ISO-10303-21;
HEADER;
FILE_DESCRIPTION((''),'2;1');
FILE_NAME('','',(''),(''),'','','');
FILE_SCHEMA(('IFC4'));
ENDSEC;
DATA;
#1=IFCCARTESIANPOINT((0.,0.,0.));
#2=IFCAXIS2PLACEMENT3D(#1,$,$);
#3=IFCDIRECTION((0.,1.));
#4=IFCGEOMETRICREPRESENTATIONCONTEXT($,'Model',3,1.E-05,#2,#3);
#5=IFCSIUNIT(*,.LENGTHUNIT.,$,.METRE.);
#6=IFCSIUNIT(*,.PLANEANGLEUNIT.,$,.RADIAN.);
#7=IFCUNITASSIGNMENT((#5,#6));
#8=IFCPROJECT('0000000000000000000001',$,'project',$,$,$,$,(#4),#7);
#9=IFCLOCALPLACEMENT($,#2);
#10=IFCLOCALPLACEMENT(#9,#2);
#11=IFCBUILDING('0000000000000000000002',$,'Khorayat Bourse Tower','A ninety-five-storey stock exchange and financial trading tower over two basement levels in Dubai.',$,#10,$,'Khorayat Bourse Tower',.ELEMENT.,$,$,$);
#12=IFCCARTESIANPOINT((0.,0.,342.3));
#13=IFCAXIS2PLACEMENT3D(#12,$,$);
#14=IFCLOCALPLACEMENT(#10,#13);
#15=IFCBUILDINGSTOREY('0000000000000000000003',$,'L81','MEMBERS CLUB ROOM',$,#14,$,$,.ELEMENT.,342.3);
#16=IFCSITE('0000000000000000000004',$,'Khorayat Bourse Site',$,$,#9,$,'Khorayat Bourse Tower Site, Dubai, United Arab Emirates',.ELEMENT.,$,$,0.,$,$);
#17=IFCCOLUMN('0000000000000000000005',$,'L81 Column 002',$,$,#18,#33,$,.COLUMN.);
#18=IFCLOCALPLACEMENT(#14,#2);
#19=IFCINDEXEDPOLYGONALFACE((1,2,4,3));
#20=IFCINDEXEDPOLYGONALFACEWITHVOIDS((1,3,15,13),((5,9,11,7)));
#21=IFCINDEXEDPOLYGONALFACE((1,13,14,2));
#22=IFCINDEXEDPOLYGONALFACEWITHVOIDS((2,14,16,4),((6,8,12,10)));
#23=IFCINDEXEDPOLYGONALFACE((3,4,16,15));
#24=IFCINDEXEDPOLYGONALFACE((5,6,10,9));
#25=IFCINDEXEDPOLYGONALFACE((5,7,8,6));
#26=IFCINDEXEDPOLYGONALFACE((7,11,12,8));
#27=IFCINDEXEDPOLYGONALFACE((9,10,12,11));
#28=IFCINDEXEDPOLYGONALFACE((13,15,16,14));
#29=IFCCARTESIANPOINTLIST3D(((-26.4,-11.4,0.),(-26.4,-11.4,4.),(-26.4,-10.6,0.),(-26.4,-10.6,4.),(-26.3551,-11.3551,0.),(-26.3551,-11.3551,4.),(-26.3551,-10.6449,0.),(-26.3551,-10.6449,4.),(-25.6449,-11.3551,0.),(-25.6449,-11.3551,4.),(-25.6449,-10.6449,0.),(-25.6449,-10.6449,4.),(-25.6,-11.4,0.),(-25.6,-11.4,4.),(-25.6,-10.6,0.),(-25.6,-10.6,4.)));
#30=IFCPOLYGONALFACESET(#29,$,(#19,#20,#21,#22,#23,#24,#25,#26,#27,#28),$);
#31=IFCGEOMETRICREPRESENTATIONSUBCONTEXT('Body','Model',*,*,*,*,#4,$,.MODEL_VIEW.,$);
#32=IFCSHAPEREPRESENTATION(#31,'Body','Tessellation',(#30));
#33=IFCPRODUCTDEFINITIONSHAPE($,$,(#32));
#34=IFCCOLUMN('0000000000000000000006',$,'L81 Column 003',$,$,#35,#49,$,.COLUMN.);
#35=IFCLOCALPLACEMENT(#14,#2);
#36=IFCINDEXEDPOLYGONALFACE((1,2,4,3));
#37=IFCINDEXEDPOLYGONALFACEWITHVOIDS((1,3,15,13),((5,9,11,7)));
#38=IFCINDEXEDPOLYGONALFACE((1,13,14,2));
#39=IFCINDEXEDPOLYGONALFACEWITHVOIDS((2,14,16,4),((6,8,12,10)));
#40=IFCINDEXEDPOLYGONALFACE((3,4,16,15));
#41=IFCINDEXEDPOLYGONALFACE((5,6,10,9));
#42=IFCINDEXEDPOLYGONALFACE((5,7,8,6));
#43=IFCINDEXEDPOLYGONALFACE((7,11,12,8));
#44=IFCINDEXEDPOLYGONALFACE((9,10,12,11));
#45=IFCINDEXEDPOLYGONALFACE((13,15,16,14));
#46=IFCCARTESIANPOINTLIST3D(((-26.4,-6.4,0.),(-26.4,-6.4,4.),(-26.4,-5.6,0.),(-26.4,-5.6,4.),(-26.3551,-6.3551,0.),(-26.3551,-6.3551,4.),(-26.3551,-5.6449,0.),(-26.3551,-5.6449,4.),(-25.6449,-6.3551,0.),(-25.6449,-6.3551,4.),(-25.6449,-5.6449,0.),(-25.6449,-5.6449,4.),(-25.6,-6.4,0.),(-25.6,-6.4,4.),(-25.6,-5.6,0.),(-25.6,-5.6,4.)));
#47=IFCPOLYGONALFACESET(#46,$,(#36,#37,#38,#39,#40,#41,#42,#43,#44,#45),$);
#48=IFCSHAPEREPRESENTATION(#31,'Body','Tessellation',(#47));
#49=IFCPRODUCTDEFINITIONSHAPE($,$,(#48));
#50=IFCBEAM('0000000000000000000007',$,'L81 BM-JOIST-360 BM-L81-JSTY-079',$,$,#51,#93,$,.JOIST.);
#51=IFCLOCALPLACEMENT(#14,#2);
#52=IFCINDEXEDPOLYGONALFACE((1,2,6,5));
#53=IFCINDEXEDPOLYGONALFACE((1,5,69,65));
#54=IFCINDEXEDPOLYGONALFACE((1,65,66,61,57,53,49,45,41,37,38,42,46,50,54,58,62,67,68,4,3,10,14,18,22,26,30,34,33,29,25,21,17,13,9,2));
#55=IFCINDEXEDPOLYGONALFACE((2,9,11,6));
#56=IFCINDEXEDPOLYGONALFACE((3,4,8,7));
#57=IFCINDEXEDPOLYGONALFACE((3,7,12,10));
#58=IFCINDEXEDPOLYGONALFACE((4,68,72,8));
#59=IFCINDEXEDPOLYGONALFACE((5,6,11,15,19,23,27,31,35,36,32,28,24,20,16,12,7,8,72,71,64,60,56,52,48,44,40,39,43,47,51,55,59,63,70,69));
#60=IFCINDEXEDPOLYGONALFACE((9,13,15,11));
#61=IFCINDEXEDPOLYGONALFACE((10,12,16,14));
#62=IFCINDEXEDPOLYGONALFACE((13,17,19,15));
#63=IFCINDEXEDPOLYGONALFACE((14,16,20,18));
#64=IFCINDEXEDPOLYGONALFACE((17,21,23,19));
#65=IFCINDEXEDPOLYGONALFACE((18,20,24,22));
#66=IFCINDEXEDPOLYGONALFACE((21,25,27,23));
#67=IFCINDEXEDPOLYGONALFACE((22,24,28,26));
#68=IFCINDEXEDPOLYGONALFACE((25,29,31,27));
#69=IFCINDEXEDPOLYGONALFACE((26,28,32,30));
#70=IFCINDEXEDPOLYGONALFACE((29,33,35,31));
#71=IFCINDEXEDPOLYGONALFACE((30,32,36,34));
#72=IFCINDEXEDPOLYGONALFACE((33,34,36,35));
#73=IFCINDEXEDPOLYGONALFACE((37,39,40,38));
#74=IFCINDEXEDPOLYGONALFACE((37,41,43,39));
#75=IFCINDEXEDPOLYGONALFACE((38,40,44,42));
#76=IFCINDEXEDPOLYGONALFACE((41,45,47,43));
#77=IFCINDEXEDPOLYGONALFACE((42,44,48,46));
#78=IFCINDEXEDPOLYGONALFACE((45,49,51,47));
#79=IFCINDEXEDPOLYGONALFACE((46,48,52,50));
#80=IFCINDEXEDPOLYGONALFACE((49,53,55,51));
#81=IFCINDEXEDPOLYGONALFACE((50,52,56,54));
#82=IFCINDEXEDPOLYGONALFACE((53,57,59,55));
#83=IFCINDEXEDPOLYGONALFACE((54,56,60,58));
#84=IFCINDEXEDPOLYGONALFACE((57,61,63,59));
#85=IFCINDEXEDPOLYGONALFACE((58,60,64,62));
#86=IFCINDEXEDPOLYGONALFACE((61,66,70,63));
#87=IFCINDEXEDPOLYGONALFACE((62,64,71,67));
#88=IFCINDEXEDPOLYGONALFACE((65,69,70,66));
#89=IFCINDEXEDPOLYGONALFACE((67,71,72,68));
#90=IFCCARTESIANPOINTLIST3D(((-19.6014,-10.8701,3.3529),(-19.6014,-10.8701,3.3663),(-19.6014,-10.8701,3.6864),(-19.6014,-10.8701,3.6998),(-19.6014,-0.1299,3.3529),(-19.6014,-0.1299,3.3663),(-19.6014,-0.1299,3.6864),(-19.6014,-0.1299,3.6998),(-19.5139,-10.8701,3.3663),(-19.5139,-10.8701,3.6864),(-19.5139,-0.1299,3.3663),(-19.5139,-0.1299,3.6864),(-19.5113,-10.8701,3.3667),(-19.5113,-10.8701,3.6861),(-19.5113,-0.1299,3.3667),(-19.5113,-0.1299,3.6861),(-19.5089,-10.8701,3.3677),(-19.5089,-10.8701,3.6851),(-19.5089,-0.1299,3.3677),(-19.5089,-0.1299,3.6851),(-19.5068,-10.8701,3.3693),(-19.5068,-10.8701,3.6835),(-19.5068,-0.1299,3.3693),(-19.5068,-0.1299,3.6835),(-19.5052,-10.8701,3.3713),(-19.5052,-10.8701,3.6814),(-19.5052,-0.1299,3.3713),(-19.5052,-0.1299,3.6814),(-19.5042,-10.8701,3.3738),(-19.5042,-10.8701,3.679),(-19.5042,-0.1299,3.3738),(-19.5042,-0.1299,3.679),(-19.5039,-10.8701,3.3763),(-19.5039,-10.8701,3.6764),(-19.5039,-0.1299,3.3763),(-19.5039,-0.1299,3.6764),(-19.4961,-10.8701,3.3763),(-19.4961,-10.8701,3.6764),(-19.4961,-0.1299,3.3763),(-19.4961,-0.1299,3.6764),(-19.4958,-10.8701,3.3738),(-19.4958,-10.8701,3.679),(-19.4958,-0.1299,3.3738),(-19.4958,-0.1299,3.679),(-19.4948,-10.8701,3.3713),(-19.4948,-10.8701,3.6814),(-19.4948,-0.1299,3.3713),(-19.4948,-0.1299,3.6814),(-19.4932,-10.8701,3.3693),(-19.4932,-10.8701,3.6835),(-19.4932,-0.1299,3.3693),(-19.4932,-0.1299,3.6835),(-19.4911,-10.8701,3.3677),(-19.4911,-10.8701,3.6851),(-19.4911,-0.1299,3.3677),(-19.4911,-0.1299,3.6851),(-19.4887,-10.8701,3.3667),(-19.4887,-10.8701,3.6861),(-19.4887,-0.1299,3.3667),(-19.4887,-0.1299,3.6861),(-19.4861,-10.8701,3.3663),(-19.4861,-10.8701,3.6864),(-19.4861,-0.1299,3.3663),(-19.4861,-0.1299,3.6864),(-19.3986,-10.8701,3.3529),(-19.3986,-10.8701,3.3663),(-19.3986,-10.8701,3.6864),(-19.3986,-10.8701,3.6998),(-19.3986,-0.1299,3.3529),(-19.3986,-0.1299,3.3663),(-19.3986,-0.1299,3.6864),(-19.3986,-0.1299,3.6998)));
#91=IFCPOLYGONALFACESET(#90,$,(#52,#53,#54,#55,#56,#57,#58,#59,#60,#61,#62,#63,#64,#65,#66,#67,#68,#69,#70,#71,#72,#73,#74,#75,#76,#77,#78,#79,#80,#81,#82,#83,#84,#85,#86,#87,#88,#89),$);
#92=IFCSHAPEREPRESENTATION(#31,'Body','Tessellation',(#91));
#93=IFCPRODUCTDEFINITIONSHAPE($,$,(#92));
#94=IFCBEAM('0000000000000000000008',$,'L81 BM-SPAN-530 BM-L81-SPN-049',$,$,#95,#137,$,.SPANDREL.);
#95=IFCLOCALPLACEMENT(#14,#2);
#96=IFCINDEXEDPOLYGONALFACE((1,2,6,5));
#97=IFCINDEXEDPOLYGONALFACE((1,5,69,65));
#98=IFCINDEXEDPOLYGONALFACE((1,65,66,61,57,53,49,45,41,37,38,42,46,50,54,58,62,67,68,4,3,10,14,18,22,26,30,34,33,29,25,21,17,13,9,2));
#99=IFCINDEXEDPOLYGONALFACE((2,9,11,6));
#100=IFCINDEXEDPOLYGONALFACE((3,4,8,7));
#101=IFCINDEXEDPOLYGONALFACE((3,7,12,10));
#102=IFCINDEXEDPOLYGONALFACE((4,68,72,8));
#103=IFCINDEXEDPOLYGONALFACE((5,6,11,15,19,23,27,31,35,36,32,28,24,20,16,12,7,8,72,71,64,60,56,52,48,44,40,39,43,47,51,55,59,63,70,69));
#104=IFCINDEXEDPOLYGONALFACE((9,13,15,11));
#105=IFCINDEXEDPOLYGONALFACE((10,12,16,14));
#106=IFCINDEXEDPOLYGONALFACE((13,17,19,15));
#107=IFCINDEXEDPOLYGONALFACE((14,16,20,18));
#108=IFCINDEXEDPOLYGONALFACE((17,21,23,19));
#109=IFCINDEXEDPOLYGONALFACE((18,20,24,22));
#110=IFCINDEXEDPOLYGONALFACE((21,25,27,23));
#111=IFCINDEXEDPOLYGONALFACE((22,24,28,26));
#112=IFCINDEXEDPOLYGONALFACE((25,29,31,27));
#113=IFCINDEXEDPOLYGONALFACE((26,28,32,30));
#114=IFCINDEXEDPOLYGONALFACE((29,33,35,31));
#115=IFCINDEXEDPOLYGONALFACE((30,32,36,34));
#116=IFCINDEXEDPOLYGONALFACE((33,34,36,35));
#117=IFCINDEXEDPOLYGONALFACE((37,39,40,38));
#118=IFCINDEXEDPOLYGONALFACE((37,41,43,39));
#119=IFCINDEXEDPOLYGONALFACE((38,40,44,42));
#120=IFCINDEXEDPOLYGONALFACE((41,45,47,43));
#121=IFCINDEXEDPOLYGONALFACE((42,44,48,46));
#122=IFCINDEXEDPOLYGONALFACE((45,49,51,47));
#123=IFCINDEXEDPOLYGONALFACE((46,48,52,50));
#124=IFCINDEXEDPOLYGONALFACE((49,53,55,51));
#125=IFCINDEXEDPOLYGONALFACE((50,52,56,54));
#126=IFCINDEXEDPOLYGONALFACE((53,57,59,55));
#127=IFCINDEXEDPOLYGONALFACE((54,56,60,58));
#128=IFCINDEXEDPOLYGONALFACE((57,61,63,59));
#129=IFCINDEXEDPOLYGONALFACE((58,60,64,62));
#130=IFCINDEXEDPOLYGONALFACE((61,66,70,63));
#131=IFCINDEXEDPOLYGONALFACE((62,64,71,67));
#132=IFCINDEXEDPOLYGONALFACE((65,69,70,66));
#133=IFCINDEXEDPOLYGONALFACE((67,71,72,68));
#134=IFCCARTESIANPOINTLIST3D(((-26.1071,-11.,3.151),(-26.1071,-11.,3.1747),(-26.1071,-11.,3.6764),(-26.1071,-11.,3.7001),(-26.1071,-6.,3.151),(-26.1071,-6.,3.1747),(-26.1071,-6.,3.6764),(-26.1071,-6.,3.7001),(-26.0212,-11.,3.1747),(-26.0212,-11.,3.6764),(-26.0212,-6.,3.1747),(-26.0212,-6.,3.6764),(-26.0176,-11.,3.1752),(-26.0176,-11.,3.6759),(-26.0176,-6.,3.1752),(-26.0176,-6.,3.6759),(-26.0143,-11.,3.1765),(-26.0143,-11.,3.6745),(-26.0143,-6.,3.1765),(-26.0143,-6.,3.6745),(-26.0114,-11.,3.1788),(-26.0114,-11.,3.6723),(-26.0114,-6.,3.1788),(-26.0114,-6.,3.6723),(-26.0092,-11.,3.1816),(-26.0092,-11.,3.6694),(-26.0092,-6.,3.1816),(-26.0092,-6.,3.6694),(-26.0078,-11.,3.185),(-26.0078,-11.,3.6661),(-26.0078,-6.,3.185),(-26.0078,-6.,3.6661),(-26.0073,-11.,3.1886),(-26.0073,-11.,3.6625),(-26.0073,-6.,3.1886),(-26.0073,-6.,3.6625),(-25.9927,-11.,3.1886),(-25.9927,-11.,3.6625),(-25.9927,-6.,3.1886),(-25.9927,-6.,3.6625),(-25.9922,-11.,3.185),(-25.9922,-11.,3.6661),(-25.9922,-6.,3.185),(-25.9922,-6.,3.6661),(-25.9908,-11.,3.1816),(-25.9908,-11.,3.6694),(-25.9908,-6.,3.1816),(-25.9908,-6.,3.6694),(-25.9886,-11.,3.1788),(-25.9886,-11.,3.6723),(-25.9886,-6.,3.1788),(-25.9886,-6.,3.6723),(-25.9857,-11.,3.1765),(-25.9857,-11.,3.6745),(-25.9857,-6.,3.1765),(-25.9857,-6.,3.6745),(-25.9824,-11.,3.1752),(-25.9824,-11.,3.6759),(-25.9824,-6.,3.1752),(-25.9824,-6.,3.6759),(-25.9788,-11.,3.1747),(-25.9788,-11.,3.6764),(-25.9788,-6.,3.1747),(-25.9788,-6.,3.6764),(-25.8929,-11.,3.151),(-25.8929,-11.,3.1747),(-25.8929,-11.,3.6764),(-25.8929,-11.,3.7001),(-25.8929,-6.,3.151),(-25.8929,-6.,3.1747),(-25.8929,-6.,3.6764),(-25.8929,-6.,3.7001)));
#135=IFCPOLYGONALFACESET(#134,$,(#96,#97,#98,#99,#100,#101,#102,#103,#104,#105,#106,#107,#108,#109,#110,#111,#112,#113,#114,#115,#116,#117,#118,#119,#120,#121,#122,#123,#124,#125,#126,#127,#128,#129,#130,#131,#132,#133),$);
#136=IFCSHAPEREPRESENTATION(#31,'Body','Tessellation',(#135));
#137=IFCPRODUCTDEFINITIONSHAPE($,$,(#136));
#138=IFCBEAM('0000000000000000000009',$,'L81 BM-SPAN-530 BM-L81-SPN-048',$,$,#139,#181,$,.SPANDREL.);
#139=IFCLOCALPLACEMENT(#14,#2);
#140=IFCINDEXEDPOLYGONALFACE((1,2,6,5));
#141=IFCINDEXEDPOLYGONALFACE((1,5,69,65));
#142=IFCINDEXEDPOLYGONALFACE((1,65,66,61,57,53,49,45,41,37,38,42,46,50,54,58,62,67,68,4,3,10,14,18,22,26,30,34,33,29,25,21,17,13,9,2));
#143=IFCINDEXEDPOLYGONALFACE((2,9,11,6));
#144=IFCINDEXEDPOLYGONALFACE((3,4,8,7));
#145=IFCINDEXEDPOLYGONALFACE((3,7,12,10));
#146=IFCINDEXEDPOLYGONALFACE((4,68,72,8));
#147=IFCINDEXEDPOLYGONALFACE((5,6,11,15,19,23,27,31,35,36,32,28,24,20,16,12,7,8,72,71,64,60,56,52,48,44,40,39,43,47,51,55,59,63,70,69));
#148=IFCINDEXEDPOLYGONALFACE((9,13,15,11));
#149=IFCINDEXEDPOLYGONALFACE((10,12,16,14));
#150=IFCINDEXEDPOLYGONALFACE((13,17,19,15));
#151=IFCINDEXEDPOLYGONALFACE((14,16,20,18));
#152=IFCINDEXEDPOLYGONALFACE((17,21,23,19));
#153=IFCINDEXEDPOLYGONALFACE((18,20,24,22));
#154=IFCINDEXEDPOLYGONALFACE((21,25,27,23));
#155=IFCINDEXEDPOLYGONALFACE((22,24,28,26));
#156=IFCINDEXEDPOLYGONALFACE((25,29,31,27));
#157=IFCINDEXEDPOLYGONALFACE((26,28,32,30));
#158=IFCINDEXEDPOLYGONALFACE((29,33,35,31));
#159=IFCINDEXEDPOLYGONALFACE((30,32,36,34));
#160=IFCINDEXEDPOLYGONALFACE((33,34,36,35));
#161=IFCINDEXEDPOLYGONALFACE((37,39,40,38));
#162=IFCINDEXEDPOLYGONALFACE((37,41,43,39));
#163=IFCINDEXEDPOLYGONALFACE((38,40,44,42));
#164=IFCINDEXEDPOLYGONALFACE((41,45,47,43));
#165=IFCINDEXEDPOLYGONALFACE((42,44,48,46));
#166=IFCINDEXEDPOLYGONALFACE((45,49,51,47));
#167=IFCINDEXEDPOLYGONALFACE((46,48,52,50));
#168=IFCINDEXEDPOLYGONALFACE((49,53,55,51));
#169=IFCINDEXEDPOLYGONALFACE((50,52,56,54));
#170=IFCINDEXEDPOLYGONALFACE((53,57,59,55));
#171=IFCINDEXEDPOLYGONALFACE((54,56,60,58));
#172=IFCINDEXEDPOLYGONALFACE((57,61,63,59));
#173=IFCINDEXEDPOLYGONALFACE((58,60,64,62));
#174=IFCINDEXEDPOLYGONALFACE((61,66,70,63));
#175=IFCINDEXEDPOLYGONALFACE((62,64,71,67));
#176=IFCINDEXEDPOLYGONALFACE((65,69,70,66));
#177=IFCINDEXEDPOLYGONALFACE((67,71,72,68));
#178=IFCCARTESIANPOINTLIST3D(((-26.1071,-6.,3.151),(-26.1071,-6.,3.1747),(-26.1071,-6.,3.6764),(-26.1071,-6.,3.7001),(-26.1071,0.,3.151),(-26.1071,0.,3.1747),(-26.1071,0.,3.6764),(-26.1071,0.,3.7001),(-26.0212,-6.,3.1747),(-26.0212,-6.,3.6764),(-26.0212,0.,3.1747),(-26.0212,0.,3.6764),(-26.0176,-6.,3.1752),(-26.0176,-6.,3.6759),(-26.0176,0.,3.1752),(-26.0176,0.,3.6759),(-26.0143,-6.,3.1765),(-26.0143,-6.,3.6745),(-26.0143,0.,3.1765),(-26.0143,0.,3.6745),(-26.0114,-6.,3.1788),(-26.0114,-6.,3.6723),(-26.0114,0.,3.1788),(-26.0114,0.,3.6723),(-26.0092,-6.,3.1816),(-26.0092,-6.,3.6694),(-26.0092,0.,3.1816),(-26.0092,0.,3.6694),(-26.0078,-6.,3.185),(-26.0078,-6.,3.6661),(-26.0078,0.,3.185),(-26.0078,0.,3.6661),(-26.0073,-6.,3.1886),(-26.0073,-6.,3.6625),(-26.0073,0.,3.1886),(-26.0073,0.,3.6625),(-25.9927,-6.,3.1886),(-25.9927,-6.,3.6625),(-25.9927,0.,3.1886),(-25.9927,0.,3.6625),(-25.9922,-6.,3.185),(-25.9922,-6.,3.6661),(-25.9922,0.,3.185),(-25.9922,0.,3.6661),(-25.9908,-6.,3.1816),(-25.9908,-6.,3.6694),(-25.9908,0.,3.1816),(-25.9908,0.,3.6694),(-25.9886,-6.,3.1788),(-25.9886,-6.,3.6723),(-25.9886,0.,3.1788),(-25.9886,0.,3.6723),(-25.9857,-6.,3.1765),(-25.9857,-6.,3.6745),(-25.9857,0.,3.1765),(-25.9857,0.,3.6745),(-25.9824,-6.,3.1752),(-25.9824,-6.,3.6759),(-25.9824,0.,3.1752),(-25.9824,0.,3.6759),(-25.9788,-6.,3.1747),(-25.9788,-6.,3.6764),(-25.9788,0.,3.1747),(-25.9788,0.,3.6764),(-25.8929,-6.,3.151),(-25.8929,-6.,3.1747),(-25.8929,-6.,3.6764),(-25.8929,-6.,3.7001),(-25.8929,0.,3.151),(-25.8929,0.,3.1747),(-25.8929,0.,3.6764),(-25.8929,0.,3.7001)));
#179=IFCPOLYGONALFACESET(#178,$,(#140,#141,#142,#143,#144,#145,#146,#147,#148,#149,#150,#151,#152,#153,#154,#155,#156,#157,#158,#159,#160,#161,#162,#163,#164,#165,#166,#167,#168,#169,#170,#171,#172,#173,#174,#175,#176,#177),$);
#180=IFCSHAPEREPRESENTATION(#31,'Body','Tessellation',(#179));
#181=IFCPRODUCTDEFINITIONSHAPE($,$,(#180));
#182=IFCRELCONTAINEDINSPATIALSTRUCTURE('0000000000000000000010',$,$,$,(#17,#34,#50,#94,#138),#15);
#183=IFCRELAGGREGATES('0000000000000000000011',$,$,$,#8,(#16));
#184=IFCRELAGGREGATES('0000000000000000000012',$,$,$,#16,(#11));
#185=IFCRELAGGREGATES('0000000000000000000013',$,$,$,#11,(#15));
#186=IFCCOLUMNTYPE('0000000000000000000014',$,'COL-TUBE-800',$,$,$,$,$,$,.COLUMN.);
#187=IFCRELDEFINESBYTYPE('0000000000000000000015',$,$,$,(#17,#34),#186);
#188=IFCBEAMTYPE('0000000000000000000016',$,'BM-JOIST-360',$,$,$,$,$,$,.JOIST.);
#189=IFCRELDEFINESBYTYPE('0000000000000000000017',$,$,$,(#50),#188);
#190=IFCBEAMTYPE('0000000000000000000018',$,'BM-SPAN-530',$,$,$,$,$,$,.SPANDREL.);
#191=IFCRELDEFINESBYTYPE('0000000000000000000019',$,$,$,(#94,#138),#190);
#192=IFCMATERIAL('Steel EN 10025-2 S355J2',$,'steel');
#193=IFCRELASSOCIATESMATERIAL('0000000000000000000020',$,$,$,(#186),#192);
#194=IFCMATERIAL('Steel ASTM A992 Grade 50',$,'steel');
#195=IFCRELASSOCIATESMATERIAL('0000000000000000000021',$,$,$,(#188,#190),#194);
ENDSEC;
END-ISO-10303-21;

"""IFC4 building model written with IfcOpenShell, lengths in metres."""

from ifc_helpers import new_model, si_unit, direction, frame, origin, origin_2d, place, context, subcontext, project, spatial, hollow_rectangle, i_section, extrude, source, transform, mapped, material, material_profile, profile_set, type_object, element, save


model = new_model("IFC4")

# Units and contexts
model_context = context("Model", 3, precision=1e-05, world=origin(), true_north=direction((0.0, 1.0)))
body_context = subcontext(model_context, "Body", "Model", "MODEL_VIEW")
ifc_project = project(units=[si_unit("LENGTHUNIT", "METRE"), si_unit("PLANEANGLEUNIT", "RADIAN")], contexts=[model_context])

# Site, building, storey
site_placement = place(None, origin())
site = spatial("IfcSite", under=ifc_project, at=site_placement, Name="Khorayat Bourse Site", LongName="Khorayat Bourse Tower Site, Dubai, United Arab Emirates", CompositionType="ELEMENT", RefElevation=0.0)
building_placement = place(site_placement, origin())
building = spatial("IfcBuilding", under=site, at=building_placement, Name="Khorayat Bourse Tower", Description="A ninety-five-storey stock exchange and financial trading tower over two basement levels in Dubai.", LongName="Khorayat Bourse Tower", CompositionType="ELEMENT")
storey_placement = place(building_placement, frame((0.0, 0.0, 342.3)))
storey = spatial("IfcBuildingStorey", under=building, at=storey_placement, Name="L81", Description="MEMBERS CLUB ROOM", CompositionType="ELEMENT", Elevation=342.3)

# Columns
ifc_material_1 = material(Name="Steel EN 10025-2 S355J2", Category="steel")
ifc_material_profile_1 = material_profile(ifc_material_1, hollow_rectangle(XDim=0.8, YDim=0.8, WallThickness=0.0449, at=origin_2d()), Name="BOX 800x800x45")
ifc_profile_set_1 = profile_set([ifc_material_profile_1], Name="Steel EN 10025-2 S355J2")
column_type = type_object("IfcColumnType", Name="COL-TUBE-800", PredefinedType="COLUMN", material=ifc_profile_set_1)
shared_shape_1 = source(origin(), body_context, "Body", "SweptSolid", [
    extrude(hollow_rectangle(XDim=0.8, YDim=0.8, WallThickness=0.0449, at=origin_2d()), origin(), (0.0, 0.0, 1.0), 4.0),
])
for number, where, z_axis, x_axis, name in (
    (1, (-26.0, -11.0, 0.0), (0.0, 0.0, 1.0), (1.0, 0.0, 0.0), "L81 Column 002"),
    (2, (-26.0, -6.0, 0.0), (0.0, 0.0, 1.0), (1.0, 0.0, 0.0), "L81 Column 003"),
):
    element("IfcColumn", number, at=place(storey_placement, frame(where, z_axis=z_axis, x_axis=x_axis)), inside=storey, type_object=column_type, Name=name, PredefinedType="COLUMN", context=body_context, shape_type="MappedRepresentation", body=[
        mapped(shared_shape_1, transform((0.0, 0.0, 0.0), scale=1.0)),
    ])

# Beams
ifc_material_2 = material(Name="Steel ASTM A992 Grade 50", Category="steel")
ifc_material_profile_2 = material_profile(ifc_material_2, i_section(OverallWidth=0.2029, OverallDepth=0.3469, WebThickness=0.0078, FlangeThickness=0.0134, FilletRadius=0.01, at=origin_2d()), Name="W360X64")
ifc_profile_set_2 = profile_set([ifc_material_profile_2], Name="Steel ASTM A992 Grade 50")
beam_type_1 = type_object("IfcBeamType", Name="BM-JOIST-360", PredefinedType="JOIST", material=ifc_profile_set_2)
shared_shape_2 = source(origin(), body_context, "Body", "SweptSolid", [
    extrude(i_section(OverallWidth=0.2029, OverallDepth=0.3469, WebThickness=0.0078, FlangeThickness=0.0134, FilletRadius=0.01, at=origin_2d()), origin(), (0.0, 0.0, 1.0), 10.7402),
])
beam_1_placement = place(storey_placement, frame((-19.5, -10.8701, 3.5264), z_axis=(0.0, 1.0, 0.0), x_axis=(-1.0, 0.0, 0.0)))
element("IfcBeam", 3, at=beam_1_placement, inside=storey, type_object=beam_type_1, Name="L81 BM-JOIST-360 BM-L81-JSTY-079", PredefinedType="JOIST", context=body_context, shape_type="MappedRepresentation", body=[
    mapped(shared_shape_2, transform((0.0, 0.0, 0.0), scale=1.0)),
])
ifc_material_profile_3 = material_profile(ifc_material_2, i_section(OverallWidth=0.2141, OverallDepth=0.5491, WebThickness=0.0146, FlangeThickness=0.0237, FilletRadius=0.0139, at=origin_2d()), Name="W530X138")
ifc_profile_set_3 = profile_set([ifc_material_profile_3], Name="Steel ASTM A992 Grade 50")
beam_type_2 = type_object("IfcBeamType", Name="BM-SPAN-530", PredefinedType="SPANDREL", material=ifc_profile_set_3)
shared_shape_3 = source(origin(), body_context, "Body", "SweptSolid", [
    extrude(i_section(OverallWidth=0.2141, OverallDepth=0.5491, WebThickness=0.0146, FlangeThickness=0.0237, FilletRadius=0.0139, at=origin_2d()), origin(), (0.0, 0.0, 1.0), 5.0),
])
beam_2_placement = place(storey_placement, frame((-26.0, -11.0, 3.4255), z_axis=(0.0, 1.0, 0.0), x_axis=(-1.0, 0.0, 0.0)))
element("IfcBeam", 4, at=beam_2_placement, inside=storey, type_object=beam_type_2, Name="L81 BM-SPAN-530 BM-L81-SPN-049", PredefinedType="SPANDREL", context=body_context, shape_type="MappedRepresentation", body=[
    mapped(shared_shape_3, transform((0.0, 0.0, 0.0), scale=1.0)),
])
shared_shape_4 = source(origin(), body_context, "Body", "SweptSolid", [
    extrude(i_section(OverallWidth=0.2141, OverallDepth=0.5491, WebThickness=0.0146, FlangeThickness=0.0237, FilletRadius=0.0139, at=origin_2d()), origin(), (0.0, 0.0, 1.0), 6.0),
])
beam_3_placement = place(storey_placement, frame((-26.0, -6.0, 3.4255), z_axis=(0.0, 1.0, 0.0), x_axis=(-1.0, 0.0, 0.0)))
element("IfcBeam", 5, at=beam_3_placement, inside=storey, type_object=beam_type_2, Name="L81 BM-SPAN-530 BM-L81-SPN-048", PredefinedType="SPANDREL", context=body_context, shape_type="MappedRepresentation", body=[
    mapped(shared_shape_4, transform((0.0, 0.0, 0.0), scale=1.0)),
])

save(model, "model.ifc")
